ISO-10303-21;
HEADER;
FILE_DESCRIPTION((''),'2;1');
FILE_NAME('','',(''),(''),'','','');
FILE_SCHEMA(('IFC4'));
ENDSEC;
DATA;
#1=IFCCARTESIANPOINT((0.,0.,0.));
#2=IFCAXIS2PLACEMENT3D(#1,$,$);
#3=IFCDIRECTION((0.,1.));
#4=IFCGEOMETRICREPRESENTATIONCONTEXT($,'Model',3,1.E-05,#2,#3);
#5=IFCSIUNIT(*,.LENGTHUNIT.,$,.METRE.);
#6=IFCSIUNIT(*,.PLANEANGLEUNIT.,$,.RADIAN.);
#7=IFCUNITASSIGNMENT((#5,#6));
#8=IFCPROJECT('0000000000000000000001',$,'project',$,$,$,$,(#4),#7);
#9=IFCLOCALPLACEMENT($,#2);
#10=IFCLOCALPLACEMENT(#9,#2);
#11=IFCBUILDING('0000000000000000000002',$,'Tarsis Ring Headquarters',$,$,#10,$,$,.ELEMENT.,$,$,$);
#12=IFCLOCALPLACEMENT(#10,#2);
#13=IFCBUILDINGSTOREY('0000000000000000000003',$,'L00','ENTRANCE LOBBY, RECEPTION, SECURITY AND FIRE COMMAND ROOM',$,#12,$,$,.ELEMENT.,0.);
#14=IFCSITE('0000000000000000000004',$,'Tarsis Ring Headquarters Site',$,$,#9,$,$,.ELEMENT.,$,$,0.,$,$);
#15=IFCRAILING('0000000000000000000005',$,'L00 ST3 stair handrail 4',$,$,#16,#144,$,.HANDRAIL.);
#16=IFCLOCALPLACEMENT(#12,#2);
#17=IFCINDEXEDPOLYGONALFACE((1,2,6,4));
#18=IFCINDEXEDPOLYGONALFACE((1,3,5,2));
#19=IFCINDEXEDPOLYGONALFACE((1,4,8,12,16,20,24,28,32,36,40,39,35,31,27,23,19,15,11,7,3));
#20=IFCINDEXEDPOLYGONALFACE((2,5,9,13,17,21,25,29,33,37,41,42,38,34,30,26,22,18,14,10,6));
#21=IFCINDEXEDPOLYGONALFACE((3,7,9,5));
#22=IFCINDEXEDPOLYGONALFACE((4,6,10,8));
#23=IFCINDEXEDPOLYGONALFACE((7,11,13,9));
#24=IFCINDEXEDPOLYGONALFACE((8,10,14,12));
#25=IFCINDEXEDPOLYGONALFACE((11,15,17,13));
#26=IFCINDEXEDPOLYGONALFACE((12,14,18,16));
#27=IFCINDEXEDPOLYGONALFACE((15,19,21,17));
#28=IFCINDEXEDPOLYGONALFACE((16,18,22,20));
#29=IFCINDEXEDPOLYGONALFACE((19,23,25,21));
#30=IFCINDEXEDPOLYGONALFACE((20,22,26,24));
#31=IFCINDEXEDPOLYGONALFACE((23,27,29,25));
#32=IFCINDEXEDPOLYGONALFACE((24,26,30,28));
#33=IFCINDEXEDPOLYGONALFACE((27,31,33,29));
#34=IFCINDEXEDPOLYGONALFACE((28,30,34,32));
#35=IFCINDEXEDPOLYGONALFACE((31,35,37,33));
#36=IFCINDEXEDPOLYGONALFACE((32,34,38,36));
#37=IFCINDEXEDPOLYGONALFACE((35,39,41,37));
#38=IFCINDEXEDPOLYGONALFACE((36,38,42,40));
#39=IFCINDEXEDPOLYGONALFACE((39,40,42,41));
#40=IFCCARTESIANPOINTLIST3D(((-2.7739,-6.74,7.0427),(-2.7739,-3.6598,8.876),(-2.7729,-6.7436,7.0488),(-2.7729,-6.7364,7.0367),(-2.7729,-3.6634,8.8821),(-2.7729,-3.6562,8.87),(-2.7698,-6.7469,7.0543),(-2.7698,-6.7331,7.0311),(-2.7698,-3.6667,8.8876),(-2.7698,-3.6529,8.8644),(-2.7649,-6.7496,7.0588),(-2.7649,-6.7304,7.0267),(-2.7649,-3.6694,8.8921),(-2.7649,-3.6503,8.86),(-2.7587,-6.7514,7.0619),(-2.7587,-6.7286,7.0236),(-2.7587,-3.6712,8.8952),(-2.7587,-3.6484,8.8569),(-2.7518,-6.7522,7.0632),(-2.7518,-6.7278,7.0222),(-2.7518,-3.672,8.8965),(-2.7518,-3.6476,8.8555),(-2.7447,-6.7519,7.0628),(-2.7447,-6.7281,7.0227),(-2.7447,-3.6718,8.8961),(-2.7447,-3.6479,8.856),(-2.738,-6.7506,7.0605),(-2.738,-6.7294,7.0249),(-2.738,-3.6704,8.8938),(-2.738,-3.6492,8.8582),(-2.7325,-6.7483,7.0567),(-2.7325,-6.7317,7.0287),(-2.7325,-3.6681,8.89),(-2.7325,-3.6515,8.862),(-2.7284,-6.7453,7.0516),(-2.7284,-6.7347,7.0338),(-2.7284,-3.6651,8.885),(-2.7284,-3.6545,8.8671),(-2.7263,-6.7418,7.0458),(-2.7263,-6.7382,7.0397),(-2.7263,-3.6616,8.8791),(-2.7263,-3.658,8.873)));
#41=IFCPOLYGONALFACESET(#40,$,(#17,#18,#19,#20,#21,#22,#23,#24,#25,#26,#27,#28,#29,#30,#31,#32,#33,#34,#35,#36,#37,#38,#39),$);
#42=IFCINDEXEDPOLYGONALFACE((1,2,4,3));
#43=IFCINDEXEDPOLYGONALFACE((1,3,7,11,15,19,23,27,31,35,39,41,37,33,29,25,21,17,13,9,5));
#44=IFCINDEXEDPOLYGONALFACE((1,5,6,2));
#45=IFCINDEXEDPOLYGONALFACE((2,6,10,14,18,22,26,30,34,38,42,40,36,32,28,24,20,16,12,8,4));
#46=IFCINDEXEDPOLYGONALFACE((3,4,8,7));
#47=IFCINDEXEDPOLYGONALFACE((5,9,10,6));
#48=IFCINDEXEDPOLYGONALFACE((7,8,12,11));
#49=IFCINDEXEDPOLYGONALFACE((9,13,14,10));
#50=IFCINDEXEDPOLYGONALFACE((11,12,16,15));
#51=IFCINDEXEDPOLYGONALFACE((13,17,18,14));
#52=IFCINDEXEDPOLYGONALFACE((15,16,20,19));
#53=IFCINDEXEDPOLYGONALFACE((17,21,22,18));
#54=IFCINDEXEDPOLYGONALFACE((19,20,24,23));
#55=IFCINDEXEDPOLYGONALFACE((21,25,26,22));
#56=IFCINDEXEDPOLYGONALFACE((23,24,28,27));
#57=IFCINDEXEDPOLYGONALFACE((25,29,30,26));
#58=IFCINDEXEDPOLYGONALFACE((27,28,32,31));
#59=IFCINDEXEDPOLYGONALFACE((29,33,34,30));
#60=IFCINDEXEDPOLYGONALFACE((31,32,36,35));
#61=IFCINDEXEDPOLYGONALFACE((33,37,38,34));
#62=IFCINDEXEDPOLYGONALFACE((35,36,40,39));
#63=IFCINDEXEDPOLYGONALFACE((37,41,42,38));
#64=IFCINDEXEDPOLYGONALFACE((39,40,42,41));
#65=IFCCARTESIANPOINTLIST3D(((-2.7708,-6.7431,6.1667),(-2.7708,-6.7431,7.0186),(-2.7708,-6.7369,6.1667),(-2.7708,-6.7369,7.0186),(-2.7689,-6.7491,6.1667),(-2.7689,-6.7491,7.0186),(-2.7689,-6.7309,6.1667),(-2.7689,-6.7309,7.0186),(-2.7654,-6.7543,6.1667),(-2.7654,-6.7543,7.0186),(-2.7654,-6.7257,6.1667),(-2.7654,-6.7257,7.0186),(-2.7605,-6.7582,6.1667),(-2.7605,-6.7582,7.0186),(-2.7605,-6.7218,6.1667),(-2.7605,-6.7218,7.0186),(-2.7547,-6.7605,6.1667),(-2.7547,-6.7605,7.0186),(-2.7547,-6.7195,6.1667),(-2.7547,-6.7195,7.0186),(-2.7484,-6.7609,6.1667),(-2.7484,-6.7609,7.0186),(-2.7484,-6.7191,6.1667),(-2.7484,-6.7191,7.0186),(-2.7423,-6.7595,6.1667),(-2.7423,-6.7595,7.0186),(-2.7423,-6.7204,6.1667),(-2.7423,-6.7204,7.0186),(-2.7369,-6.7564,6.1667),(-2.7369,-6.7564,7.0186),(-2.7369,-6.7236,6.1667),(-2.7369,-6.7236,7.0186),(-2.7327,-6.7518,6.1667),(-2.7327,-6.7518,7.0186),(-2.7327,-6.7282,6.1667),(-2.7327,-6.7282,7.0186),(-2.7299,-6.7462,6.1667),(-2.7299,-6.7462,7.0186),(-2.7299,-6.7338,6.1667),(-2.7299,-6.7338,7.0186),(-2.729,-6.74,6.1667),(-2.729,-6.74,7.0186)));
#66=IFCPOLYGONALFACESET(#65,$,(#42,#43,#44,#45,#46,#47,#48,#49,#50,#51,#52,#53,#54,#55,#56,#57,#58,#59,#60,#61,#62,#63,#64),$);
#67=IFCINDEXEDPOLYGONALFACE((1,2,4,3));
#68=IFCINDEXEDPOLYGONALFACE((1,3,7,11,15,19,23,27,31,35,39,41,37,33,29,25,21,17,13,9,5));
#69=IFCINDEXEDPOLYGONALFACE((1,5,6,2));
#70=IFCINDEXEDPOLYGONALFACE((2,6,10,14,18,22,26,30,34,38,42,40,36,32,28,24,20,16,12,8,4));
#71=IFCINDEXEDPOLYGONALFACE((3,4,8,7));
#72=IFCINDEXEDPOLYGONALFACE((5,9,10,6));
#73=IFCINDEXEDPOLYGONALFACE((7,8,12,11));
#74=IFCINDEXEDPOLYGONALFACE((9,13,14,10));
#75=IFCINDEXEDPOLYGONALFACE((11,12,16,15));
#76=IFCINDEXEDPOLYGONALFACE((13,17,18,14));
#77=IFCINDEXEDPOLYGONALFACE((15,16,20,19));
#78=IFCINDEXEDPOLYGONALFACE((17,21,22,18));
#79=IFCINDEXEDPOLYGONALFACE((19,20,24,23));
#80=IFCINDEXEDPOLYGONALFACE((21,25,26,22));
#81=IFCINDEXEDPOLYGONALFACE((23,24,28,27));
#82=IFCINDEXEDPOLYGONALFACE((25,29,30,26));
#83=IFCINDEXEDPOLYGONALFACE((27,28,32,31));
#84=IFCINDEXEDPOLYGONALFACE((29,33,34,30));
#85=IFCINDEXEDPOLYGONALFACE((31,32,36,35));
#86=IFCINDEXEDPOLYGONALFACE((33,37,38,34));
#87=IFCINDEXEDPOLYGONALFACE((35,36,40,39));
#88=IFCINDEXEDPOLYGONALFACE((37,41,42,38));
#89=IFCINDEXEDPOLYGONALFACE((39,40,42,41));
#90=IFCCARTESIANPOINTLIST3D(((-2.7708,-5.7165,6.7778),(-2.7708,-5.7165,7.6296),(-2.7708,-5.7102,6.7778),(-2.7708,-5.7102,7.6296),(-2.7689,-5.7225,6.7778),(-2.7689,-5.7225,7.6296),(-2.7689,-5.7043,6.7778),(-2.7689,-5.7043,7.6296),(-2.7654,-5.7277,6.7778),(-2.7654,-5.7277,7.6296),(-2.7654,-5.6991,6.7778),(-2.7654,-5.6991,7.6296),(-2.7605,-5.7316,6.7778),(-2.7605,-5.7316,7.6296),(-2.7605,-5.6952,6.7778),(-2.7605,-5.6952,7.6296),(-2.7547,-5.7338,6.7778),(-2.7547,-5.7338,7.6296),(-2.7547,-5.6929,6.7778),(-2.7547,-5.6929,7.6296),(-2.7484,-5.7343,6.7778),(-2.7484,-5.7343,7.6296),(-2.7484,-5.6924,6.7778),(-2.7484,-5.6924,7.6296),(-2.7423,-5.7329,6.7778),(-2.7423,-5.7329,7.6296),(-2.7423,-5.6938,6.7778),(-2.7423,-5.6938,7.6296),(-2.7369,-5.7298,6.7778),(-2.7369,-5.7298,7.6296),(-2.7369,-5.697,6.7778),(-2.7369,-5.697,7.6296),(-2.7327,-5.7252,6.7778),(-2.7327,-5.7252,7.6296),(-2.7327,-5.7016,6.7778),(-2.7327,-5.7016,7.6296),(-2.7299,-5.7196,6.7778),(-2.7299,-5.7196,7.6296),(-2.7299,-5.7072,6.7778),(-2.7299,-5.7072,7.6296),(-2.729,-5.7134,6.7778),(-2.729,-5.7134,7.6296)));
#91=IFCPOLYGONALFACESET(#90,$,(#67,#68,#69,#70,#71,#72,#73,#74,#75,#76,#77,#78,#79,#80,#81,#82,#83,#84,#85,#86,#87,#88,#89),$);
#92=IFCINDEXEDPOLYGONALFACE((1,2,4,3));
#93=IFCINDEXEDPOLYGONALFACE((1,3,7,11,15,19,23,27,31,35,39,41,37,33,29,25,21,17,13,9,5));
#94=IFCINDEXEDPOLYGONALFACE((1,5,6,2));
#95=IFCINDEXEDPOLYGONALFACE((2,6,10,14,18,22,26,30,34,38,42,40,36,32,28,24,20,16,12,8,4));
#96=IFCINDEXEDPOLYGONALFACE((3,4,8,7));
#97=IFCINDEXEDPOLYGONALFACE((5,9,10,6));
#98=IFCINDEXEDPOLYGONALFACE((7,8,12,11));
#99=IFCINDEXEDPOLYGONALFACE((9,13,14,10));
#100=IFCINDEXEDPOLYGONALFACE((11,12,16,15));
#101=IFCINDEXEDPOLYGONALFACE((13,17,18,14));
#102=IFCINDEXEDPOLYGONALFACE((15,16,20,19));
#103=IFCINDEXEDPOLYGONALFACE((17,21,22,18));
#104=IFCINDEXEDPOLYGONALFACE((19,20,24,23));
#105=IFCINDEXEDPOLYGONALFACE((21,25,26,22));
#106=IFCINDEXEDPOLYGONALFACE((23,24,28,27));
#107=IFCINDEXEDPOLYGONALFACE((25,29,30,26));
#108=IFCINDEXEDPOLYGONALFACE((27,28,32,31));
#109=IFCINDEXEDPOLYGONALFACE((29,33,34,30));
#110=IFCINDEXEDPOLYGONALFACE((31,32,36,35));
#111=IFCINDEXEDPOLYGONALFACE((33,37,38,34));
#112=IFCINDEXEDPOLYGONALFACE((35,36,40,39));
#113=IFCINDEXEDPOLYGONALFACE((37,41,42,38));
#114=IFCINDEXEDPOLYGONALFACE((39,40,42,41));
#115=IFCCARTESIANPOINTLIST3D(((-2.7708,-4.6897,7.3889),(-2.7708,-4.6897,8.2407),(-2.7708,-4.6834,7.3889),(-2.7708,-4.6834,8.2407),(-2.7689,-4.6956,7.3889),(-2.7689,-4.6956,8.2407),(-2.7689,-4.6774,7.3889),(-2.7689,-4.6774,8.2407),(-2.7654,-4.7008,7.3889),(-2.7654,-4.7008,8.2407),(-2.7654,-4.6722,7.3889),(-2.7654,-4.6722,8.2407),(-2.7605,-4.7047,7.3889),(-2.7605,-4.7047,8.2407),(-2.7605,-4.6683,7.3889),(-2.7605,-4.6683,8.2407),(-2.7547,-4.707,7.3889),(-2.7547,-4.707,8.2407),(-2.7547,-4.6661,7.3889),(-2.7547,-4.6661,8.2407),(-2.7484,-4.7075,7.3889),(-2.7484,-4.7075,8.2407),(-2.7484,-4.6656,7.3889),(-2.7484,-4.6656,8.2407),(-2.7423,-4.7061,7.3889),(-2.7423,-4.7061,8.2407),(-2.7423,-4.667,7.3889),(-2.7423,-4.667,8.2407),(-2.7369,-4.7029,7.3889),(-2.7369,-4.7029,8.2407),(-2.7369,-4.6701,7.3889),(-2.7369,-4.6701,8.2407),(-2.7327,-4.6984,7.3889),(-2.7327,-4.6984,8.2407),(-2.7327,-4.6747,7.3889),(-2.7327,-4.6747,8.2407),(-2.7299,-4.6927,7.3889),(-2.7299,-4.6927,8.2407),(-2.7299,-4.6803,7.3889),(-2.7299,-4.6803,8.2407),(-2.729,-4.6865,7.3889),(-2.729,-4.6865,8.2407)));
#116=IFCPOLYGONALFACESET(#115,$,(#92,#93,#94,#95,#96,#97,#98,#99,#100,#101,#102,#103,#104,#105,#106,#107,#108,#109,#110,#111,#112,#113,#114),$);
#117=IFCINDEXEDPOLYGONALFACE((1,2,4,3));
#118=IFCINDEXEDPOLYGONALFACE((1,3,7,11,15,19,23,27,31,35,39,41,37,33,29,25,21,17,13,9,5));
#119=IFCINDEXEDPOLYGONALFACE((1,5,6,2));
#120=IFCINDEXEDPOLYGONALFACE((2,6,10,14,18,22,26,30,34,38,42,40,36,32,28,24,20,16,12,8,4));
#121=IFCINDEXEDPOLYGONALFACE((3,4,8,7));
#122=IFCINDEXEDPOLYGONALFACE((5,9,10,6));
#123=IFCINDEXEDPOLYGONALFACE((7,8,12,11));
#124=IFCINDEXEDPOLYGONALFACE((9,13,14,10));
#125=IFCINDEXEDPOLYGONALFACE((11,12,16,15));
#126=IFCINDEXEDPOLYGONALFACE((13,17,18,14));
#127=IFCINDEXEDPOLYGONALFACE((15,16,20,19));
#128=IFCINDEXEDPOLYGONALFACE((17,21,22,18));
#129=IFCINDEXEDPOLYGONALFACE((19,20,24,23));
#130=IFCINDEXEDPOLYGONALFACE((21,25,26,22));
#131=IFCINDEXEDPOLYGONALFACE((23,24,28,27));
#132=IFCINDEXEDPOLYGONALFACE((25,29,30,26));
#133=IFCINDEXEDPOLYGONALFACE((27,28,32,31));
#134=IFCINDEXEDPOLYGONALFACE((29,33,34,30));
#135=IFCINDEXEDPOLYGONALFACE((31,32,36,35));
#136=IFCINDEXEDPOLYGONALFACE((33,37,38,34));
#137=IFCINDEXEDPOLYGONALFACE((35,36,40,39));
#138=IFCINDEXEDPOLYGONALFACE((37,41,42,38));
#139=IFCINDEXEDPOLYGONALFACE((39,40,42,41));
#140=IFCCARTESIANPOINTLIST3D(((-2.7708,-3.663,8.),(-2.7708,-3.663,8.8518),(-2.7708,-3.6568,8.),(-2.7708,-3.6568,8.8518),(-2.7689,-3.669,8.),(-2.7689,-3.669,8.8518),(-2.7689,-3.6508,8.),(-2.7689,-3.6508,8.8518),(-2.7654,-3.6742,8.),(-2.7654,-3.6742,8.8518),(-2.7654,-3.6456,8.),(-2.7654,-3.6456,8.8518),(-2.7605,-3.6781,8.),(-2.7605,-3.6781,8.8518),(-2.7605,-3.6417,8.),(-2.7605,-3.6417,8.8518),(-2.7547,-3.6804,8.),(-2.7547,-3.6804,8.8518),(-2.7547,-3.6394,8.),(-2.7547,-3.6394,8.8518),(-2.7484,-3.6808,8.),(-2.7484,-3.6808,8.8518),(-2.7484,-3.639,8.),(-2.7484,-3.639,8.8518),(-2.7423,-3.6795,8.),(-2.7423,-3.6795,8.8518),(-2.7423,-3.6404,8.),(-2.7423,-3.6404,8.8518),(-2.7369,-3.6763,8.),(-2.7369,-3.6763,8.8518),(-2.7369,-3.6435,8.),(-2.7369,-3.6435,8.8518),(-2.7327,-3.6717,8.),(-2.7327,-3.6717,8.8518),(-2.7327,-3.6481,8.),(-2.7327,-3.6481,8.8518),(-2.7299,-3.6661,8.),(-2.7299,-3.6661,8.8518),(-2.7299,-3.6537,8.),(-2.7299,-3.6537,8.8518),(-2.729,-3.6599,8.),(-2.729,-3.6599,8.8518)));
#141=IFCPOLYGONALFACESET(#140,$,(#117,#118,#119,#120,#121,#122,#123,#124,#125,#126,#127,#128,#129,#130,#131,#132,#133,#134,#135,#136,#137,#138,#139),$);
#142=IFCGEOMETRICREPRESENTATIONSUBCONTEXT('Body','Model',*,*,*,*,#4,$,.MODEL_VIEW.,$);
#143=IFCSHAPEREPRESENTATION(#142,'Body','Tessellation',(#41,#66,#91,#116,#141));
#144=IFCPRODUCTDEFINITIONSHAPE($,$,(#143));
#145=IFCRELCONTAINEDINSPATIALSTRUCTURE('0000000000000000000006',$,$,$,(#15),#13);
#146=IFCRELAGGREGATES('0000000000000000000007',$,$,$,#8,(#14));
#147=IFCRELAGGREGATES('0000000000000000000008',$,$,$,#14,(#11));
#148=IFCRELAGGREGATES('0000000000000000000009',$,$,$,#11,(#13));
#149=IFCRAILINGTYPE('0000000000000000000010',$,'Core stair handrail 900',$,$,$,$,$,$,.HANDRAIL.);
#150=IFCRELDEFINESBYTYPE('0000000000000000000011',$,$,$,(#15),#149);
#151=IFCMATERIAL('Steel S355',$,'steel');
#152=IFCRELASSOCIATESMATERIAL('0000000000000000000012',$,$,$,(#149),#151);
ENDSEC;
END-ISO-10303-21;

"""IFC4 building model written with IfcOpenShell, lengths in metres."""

from ifc_helpers import new_model, si_unit, direction, frame, origin, origin_2d, place, context, subcontext, project, spatial, circle, extrude, material, type_object, element, save


model = new_model("IFC4")

# Units and contexts
model_context = context("Model", 3, precision=1e-05, world=origin(), true_north=direction((0.0, 1.0)))
body_context = subcontext(model_context, "Body", "Model", "MODEL_VIEW")
ifc_project = project(units=[si_unit("LENGTHUNIT", "METRE"), si_unit("PLANEANGLEUNIT", "RADIAN")], contexts=[model_context])

# Site, building, storey
site_placement = place(None, origin())
site = spatial("IfcSite", under=ifc_project, at=site_placement, Name="Tarsis Ring Headquarters Site", CompositionType="ELEMENT", RefElevation=0.0)
building_placement = place(site_placement, origin())
building = spatial("IfcBuilding", under=site, at=building_placement, Name="Tarsis Ring Headquarters", CompositionType="ELEMENT")
storey_placement = place(building_placement, origin())
storey = spatial("IfcBuildingStorey", under=building, at=storey_placement, Name="L00", Description="ENTRANCE LOBBY, RECEPTION, SECURITY AND FIRE COMMAND ROOM", CompositionType="ELEMENT", Elevation=0.0)

# Railing
ifc_material = material(Name="Steel S355", Category="steel")
railing_type_1 = type_object("IfcRailingType", Name="Core stair handrail 900", PredefinedType="HANDRAIL", material=ifc_material)
railing_1_placement = place(storey_placement, frame((-2.75, -6.74, 6.1667)))
element("IfcRailing", 1, at=railing_1_placement, inside=storey, type_object=railing_type_1, Name="L00 ST3 stair handrail 4", PredefinedType="HANDRAIL", context=body_context, shape_type="SweptSolid", body=[
    extrude(circle(Radius=0.0239, at=origin_2d()), frame((0.0, 0.0, 0.876), z_axis=(0.0, 0.859309, 0.511458), x_axis=(-1.0, 0.0, 0.0)), (0.0, 0.0, 1.0), 3.5845),
    extrude(circle(Radius=0.021, at=origin_2d()), origin(), (0.0, 0.0, 1.0), 0.8518),
    extrude(circle(Radius=0.021, at=origin_2d()), frame((0.0, 1.0266, 0.6111)), (0.0, 0.0, 1.0), 0.8518),
    extrude(circle(Radius=0.021, at=origin_2d()), frame((0.0, 2.0535, 1.2222)), (0.0, 0.0, 1.0), 0.8518),
    extrude(circle(Radius=0.021, at=origin_2d()), frame((0.0, 3.0801, 1.8333)), (0.0, 0.0, 1.0), 0.8518),
])

save(model, "model.ifc")
